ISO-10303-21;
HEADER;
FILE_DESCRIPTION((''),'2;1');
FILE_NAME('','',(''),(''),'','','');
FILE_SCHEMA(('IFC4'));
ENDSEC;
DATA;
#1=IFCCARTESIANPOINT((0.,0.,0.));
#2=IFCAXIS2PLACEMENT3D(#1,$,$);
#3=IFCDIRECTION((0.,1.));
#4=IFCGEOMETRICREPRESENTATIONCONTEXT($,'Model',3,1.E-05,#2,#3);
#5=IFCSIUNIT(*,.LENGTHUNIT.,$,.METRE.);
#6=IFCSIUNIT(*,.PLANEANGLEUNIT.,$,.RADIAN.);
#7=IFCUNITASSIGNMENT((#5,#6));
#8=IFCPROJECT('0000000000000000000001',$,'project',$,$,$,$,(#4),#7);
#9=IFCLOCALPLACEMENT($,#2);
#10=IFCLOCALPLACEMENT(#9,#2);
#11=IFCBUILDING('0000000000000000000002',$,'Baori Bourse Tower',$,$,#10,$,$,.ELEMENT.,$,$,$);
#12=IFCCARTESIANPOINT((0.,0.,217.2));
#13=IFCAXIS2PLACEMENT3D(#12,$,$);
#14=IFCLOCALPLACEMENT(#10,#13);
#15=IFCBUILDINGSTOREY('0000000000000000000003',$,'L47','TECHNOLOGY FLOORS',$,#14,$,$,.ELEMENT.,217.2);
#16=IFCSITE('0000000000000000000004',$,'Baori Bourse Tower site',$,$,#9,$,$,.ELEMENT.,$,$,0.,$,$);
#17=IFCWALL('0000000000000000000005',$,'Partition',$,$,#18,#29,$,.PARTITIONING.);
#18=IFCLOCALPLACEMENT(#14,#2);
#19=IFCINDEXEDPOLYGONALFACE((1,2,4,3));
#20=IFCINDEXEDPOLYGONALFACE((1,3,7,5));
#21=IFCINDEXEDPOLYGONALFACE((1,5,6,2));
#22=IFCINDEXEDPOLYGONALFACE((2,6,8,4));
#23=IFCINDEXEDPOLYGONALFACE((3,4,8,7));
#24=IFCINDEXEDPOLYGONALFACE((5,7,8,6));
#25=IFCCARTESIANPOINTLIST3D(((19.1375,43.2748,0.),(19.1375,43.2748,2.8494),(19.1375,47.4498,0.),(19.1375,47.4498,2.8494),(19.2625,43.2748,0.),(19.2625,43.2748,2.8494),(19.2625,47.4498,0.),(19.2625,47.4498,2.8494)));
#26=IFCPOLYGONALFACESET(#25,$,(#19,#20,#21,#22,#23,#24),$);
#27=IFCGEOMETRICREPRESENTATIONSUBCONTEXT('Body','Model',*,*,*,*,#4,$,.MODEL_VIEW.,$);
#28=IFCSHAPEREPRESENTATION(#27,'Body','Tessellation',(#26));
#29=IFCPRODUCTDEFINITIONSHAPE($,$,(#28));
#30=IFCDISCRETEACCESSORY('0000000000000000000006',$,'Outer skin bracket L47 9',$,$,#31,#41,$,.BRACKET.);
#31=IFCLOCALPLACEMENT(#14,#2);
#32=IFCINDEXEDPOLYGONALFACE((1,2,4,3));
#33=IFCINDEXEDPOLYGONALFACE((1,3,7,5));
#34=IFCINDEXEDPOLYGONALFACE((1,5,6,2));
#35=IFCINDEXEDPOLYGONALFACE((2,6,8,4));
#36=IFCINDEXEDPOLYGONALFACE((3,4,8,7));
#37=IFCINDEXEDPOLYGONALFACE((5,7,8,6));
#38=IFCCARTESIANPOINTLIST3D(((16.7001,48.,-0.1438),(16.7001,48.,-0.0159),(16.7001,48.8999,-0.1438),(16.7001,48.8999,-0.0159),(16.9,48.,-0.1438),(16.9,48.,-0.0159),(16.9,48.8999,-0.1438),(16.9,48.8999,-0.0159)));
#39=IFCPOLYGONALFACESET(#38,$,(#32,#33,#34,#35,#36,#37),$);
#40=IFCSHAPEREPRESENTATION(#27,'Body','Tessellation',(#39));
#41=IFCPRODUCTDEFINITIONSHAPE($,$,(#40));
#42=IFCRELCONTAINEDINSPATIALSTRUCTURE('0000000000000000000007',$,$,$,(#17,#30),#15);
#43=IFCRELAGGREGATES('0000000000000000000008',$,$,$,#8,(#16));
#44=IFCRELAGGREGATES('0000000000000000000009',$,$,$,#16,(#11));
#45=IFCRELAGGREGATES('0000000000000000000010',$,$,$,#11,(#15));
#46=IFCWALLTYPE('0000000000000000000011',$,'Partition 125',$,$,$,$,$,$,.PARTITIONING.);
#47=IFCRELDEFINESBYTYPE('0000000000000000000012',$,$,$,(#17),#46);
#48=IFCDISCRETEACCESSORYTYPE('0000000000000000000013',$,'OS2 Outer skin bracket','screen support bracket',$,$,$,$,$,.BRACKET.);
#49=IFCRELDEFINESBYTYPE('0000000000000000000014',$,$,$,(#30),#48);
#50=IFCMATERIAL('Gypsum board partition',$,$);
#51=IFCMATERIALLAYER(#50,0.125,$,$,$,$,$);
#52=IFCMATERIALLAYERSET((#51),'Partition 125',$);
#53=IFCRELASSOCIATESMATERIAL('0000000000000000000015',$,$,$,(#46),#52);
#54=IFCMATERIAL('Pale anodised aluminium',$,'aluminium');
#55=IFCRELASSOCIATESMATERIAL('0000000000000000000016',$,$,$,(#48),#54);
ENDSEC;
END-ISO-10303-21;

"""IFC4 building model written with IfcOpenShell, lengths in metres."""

from ifc_helpers import new_model, si_unit, direction, frame, frame_2d, origin, origin_2d, place, context, subcontext, project, spatial, rectangle, extrude, material, layer, layer_set, type_object, element, save


model = new_model("IFC4")

# Units and contexts
model_context = context("Model", 3, precision=1e-05, world=origin(), true_north=direction((0.0, 1.0)))
body_context = subcontext(model_context, "Body", "Model", "MODEL_VIEW")
ifc_project = project(units=[si_unit("LENGTHUNIT", "METRE"), si_unit("PLANEANGLEUNIT", "RADIAN")], contexts=[model_context])

# Site, building, storey
site_placement = place(None, origin())
site = spatial("IfcSite", under=ifc_project, at=site_placement, Name="Baori Bourse Tower site", CompositionType="ELEMENT", RefElevation=0.0)
building_placement = place(site_placement, origin())
building = spatial("IfcBuilding", under=site, at=building_placement, Name="Baori Bourse Tower", CompositionType="ELEMENT")
storey_placement = place(building_placement, frame((0.0, 0.0, 217.2)))
storey = spatial("IfcBuildingStorey", under=building, at=storey_placement, Name="L47", Description="TECHNOLOGY FLOORS", CompositionType="ELEMENT", Elevation=217.2)

# Wall
ifc_material_1 = material(Name="Gypsum board partition")
ifc_layer_1 = layer(ifc_material_1, 0.125)
ifc_layer_set_1 = layer_set([ifc_layer_1], Name="Partition 125")
wall_type_1 = type_object("IfcWallType", Name="Partition 125", PredefinedType="PARTITIONING", material=ifc_layer_set_1)
wall_1_placement = place(storey_placement, frame((19.2, 43.2749, 0.0), z_axis=(0.0, 0.0, 1.0), x_axis=(0.0, 1.0, 0.0)))
element("IfcWall", 1, at=wall_1_placement, inside=storey, type_object=wall_type_1, Name="Partition", PredefinedType="PARTITIONING", context=body_context, shape_type="SweptSolid", body=[
    extrude(rectangle(XDim=4.175, YDim=0.125, at=frame_2d((2.0874, 0.0))), origin(), (0.0, 0.0, 1.0), 2.8494),
])

# Discrete accessory
ifc_material_2 = material(Name="Pale anodised aluminium", Category="aluminium")
discrete_accessory_type = type_object("IfcDiscreteAccessoryType", Name="OS2 Outer skin bracket", Description="screen support bracket", PredefinedType="BRACKET", material=ifc_material_2)
discrete_accessory_placement = place(storey_placement, frame((16.8, 48.45, -0.1438), z_axis=(0.0, 0.0, 1.0), x_axis=(-1.0, 0.0, 0.0)))
element("IfcDiscreteAccessory", 2, at=discrete_accessory_placement, inside=storey, type_object=discrete_accessory_type, Name="Outer skin bracket L47 9", PredefinedType="BRACKET", context=body_context, shape_type="SweptSolid", body=[
    extrude(rectangle(XDim=0.2, YDim=0.8999, at=origin_2d()), origin(), (0.0, 0.0, 1.0), 0.1279),
])

save(model, "model.ifc")
